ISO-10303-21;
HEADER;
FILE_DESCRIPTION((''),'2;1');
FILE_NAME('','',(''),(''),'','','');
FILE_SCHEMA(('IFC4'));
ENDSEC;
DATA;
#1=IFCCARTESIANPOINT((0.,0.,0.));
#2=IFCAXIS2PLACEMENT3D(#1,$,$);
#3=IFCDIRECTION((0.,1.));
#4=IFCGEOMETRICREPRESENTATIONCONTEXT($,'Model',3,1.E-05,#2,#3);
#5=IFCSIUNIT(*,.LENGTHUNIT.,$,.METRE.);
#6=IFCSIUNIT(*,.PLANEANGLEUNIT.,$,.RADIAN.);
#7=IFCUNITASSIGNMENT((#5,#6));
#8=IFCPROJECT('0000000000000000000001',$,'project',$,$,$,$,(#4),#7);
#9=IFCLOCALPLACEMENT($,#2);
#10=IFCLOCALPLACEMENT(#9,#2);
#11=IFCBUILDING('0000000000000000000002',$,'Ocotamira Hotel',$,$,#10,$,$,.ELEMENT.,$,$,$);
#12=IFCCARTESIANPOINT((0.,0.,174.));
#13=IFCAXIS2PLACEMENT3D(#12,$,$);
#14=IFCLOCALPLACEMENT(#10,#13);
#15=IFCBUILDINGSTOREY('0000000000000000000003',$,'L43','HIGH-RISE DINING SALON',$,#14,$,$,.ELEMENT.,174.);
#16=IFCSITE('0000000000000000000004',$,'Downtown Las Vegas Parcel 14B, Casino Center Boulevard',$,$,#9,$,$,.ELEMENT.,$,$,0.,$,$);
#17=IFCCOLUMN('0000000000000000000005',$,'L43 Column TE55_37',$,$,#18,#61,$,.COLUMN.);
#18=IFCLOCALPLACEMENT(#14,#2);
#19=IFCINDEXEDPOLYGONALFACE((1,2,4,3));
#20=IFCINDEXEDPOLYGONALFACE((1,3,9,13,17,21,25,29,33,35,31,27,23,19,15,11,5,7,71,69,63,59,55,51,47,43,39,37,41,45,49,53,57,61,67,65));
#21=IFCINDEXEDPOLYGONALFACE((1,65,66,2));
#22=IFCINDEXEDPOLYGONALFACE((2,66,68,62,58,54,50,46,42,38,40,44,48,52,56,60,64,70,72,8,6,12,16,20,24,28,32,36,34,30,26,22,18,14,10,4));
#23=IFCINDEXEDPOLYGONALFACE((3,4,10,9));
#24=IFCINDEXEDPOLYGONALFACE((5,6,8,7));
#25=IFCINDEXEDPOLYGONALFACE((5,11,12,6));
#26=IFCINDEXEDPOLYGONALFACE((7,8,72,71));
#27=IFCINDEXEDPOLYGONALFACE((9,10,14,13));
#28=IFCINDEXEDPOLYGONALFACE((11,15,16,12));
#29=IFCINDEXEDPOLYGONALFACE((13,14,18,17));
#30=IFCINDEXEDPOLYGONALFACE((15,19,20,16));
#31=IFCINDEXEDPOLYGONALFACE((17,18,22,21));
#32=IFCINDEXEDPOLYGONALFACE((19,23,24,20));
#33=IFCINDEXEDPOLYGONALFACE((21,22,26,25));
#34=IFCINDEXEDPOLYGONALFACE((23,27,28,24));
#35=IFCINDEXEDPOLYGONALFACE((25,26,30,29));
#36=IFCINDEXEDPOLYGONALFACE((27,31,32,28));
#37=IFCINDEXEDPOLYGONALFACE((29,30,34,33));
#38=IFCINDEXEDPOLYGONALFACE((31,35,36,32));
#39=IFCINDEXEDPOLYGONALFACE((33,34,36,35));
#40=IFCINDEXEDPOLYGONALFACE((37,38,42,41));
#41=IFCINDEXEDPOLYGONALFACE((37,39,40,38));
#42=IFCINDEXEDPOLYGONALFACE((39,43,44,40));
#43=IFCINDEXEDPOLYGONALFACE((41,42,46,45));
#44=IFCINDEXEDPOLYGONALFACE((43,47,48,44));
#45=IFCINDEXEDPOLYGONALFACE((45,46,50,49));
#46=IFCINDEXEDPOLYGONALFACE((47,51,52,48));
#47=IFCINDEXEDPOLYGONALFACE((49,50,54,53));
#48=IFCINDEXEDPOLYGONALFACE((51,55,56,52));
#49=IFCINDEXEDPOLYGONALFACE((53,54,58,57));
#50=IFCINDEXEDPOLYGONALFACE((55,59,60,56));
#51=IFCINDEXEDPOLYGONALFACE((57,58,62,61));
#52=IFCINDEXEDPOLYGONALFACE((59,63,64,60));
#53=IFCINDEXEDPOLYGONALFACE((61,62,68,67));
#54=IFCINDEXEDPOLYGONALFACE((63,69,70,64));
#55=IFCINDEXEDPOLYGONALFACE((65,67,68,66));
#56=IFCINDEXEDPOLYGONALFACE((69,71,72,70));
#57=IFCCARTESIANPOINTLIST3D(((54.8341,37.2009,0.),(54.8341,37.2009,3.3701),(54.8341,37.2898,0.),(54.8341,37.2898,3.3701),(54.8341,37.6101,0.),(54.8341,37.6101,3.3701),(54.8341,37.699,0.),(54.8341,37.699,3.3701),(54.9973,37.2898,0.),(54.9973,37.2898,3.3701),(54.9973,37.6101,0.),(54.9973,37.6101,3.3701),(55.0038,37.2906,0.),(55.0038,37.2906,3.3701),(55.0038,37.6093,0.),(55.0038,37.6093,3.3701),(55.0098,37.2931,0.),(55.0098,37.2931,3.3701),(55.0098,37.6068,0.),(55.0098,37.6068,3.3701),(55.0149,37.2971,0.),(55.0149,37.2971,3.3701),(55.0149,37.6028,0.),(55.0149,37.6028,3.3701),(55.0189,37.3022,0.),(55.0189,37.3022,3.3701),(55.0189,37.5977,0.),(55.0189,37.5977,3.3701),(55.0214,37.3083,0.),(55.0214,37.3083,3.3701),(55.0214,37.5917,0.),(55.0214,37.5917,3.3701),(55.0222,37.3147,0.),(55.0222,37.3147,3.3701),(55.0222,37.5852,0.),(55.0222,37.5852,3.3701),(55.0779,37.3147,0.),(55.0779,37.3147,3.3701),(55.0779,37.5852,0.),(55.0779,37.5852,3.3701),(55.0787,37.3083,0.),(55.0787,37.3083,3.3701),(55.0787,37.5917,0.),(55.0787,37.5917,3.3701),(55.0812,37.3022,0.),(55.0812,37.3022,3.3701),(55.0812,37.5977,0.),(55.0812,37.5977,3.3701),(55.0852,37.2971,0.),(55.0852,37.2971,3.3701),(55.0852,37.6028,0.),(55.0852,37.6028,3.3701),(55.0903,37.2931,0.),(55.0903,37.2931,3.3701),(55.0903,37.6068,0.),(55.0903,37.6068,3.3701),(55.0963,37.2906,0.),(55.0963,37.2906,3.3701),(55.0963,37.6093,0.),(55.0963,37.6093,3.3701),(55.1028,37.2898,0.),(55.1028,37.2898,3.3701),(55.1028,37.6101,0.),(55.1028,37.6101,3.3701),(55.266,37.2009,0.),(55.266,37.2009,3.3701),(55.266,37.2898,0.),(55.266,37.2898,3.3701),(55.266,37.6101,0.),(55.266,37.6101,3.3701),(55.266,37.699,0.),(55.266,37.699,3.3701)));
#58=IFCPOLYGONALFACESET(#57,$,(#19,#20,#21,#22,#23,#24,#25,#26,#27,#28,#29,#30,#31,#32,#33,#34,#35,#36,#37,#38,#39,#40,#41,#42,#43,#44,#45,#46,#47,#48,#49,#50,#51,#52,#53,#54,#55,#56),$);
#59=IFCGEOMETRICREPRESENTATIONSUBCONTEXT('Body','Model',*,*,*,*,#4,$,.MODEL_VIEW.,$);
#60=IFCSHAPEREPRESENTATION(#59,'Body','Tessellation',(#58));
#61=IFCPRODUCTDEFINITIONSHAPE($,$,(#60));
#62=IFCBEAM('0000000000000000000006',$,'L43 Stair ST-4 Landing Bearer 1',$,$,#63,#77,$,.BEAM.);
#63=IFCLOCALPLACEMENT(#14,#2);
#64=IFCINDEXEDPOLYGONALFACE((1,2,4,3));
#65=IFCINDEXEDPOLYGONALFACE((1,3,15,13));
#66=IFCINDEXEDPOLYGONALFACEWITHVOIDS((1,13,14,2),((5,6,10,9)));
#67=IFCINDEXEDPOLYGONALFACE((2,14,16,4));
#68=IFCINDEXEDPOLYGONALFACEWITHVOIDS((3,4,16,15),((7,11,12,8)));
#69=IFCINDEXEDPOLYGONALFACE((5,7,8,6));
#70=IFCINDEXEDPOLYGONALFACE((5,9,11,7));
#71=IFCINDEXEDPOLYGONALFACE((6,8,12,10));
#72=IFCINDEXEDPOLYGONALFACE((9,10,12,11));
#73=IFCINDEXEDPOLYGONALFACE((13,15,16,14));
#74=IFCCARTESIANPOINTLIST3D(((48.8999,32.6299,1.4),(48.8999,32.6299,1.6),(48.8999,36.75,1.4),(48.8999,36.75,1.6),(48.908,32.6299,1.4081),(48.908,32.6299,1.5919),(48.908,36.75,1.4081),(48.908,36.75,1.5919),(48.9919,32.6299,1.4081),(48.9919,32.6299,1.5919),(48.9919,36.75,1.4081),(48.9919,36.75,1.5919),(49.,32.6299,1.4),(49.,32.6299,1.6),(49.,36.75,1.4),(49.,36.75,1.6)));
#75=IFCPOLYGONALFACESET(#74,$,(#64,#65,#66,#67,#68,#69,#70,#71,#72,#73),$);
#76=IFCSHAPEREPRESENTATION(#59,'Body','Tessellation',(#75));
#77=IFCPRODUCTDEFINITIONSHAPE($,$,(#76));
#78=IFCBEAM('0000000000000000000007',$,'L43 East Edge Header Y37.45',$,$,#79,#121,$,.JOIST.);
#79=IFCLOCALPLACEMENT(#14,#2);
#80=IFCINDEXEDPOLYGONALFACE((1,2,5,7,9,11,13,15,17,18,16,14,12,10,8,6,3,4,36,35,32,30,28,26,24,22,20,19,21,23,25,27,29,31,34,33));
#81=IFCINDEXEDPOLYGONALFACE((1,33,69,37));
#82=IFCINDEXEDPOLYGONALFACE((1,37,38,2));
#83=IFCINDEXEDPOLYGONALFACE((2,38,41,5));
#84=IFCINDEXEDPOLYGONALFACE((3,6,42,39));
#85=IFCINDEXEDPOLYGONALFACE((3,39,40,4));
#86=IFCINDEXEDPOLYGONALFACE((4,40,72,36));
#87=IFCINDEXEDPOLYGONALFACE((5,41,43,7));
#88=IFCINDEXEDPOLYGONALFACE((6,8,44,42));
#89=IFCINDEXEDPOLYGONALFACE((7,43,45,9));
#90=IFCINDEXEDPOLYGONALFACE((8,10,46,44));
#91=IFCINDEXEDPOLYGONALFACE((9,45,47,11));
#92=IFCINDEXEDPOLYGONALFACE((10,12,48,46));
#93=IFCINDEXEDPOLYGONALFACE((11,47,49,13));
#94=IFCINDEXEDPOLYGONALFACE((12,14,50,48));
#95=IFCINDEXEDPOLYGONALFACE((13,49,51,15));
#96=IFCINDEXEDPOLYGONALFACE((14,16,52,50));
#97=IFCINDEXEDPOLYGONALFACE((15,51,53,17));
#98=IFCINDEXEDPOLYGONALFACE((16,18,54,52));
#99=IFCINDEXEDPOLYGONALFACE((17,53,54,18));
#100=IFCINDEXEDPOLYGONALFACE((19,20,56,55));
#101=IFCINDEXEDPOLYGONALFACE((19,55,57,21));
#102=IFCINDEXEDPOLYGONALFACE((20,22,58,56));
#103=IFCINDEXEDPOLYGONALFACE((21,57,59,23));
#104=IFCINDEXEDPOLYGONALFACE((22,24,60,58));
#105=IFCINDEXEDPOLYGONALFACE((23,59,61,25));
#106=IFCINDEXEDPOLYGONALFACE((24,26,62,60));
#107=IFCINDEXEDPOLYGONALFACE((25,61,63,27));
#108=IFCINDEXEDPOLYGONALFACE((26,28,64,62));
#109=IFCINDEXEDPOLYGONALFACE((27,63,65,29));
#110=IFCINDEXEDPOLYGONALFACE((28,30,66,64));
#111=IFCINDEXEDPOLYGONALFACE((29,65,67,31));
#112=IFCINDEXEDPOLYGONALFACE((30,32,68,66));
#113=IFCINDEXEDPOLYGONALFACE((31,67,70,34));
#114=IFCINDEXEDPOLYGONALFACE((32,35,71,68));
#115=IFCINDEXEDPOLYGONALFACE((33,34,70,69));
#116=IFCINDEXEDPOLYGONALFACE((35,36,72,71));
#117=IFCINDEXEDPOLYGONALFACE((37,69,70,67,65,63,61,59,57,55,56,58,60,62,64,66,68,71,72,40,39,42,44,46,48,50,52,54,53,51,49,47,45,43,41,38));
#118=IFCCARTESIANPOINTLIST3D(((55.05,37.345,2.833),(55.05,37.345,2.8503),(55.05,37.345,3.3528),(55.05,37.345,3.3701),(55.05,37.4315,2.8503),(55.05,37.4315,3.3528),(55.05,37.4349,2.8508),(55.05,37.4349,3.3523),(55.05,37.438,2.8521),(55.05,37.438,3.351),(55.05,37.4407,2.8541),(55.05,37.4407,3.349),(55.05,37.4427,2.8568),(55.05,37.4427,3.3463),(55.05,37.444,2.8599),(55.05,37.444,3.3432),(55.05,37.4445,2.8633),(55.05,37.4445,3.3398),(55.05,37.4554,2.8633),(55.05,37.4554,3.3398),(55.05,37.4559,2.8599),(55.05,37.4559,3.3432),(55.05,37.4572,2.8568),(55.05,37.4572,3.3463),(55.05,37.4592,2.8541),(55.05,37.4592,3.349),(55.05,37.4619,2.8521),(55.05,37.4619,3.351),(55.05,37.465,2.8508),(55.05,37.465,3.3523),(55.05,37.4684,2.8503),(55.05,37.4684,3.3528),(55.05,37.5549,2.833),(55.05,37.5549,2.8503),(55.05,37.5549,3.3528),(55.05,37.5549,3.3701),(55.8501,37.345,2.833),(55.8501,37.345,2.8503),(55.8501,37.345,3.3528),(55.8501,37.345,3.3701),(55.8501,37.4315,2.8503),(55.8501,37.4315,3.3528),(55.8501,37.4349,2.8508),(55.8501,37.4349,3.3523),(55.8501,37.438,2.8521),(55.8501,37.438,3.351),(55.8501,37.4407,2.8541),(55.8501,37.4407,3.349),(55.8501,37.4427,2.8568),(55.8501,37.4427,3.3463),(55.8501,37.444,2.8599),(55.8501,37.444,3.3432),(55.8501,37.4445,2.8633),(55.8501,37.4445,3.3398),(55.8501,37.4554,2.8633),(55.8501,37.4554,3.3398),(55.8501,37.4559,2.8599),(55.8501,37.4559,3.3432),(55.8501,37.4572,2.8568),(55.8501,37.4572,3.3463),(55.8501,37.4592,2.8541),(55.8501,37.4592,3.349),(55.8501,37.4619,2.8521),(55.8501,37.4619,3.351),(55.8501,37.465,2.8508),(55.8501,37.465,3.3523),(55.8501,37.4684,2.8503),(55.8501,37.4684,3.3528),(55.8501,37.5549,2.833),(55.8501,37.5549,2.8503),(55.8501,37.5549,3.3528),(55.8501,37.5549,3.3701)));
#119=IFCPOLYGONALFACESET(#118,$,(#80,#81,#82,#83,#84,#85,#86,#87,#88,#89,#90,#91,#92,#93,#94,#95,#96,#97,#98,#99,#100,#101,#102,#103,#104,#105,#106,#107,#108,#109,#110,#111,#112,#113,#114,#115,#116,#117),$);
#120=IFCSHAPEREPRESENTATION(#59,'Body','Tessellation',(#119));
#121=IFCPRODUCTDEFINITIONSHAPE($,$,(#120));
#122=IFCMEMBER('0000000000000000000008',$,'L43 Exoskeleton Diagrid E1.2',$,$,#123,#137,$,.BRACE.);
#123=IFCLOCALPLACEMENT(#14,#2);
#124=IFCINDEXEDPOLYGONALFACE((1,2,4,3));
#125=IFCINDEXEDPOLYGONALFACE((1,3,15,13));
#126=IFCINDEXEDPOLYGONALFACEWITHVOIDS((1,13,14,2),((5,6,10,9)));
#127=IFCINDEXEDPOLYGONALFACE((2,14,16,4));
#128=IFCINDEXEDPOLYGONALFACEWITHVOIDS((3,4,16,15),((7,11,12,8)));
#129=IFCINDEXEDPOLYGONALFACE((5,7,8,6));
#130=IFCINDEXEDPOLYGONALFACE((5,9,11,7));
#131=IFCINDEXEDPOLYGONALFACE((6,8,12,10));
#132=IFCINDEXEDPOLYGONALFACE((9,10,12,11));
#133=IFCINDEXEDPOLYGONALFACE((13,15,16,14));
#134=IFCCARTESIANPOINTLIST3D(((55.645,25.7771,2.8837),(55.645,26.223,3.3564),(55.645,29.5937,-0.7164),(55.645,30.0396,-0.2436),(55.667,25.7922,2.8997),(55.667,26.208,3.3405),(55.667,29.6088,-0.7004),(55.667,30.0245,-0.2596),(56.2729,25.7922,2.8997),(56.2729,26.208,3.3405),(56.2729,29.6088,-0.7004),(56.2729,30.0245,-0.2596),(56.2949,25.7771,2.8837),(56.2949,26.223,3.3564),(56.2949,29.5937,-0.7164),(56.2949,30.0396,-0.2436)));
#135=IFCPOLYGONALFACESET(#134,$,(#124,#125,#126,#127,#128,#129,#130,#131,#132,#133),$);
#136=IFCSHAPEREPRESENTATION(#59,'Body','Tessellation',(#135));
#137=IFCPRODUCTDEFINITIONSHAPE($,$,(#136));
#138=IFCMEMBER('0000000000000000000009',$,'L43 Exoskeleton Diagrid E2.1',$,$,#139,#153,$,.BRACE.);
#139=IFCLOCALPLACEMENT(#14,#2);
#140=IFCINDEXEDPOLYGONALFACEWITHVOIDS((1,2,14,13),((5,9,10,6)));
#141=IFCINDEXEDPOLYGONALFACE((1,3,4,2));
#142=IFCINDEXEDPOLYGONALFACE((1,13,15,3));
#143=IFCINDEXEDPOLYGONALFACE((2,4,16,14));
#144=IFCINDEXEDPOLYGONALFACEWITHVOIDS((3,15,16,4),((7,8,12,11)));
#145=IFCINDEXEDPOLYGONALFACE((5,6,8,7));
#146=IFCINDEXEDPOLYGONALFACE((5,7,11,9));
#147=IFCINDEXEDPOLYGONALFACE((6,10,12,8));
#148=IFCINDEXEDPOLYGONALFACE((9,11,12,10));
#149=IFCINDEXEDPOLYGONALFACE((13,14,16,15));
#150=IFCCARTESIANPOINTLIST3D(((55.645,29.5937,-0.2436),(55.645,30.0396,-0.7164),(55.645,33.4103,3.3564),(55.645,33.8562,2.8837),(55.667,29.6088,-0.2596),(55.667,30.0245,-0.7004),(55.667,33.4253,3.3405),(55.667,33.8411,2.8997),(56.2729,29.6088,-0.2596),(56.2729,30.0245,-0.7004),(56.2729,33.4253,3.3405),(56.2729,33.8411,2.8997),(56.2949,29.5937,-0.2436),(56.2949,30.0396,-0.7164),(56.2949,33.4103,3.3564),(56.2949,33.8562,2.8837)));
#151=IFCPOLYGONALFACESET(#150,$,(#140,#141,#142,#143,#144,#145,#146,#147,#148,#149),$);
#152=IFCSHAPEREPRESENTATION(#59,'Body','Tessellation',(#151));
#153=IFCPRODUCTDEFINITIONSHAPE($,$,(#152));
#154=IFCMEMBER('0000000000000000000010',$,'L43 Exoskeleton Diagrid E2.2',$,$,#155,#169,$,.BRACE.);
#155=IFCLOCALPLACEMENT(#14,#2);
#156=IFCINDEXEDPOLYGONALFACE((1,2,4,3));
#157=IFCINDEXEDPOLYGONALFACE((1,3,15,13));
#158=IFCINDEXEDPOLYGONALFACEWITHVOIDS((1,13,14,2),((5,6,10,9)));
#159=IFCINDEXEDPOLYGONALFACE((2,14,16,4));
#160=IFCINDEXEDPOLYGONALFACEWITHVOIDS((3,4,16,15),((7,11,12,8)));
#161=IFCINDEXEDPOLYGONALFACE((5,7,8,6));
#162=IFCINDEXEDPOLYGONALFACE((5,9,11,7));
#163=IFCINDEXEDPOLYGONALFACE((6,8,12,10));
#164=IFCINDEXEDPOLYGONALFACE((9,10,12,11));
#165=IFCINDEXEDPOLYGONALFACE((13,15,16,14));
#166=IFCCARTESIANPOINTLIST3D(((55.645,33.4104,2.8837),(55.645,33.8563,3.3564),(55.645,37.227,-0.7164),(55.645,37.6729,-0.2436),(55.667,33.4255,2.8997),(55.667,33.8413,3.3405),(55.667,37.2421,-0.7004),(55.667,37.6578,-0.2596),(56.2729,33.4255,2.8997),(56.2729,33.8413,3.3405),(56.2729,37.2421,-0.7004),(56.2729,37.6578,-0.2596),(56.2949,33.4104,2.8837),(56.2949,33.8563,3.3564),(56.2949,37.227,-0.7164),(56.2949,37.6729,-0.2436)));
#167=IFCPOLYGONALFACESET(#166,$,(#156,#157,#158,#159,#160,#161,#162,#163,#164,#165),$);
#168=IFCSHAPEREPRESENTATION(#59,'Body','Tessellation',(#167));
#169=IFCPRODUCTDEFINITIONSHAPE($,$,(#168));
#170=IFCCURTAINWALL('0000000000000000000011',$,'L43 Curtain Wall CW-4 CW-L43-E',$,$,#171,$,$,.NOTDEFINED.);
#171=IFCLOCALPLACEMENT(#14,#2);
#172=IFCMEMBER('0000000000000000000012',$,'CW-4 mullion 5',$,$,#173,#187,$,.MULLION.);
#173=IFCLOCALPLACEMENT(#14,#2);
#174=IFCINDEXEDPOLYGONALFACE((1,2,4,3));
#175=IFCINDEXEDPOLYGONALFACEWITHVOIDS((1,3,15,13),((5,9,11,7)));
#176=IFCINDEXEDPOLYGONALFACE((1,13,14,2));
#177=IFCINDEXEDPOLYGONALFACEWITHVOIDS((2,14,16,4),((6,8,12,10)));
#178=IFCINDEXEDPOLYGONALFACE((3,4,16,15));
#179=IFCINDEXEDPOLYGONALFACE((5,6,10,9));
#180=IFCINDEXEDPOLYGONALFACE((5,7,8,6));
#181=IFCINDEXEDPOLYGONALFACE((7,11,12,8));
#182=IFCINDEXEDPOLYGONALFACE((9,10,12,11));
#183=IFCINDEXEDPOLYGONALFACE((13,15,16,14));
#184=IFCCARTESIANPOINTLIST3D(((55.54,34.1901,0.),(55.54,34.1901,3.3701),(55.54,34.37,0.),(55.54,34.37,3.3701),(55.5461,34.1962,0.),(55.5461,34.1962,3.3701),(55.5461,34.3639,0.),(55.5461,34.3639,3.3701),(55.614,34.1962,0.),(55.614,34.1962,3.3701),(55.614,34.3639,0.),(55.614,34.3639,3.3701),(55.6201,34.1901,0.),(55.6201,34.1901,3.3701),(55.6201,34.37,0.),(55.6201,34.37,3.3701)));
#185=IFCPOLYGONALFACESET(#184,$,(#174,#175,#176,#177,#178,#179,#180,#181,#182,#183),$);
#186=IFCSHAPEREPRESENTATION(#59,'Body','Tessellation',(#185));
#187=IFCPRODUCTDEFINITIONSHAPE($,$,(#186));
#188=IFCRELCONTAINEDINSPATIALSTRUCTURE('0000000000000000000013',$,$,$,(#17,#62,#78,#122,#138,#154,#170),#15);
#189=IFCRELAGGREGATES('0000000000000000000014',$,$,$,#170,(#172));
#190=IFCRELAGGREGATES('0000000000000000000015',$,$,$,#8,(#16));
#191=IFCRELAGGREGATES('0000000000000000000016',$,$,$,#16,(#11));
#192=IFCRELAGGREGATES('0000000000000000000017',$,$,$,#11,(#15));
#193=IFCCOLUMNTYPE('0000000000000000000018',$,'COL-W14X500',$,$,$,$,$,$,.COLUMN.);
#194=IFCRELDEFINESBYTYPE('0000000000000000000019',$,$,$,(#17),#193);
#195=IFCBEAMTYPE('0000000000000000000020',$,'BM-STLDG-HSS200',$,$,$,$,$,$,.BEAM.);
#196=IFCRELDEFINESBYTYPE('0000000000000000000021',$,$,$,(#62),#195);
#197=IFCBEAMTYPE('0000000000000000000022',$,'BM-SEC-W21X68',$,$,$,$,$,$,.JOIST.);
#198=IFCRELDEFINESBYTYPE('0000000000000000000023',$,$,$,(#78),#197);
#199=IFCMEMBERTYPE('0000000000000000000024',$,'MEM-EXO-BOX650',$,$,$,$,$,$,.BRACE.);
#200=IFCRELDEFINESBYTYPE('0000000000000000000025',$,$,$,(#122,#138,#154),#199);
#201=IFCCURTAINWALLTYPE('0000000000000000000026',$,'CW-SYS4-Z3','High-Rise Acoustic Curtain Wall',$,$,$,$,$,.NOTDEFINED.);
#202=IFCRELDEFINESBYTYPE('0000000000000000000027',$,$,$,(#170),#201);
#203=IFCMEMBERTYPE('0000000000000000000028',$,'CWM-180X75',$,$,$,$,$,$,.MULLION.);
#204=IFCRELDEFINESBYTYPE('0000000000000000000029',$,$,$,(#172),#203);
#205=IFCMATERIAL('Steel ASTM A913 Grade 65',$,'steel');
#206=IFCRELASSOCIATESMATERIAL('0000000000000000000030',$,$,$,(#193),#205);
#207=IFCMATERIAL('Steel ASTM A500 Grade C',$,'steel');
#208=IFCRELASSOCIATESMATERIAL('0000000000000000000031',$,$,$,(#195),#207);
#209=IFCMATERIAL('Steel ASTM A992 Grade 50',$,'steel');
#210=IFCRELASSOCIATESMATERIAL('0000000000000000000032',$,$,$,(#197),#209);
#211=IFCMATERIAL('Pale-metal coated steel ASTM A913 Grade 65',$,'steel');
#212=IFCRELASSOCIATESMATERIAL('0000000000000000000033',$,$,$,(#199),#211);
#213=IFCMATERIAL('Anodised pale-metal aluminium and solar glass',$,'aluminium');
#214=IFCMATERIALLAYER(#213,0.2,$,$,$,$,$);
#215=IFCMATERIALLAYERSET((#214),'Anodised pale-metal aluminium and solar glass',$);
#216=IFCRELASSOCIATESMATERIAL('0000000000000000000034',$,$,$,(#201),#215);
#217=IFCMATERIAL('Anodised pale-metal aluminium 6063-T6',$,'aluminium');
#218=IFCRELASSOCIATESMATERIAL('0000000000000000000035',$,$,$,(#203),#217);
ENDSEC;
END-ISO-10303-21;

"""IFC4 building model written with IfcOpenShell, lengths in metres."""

from ifc_helpers import new_model, si_unit, direction, frame, origin, origin_2d, place, context, subcontext, project, spatial, hollow_rectangle, i_section, extrude, source, transform, mapped, material, layer, layer_set, material_profile, profile_set, type_object, element, aggregate, save


model = new_model("IFC4")

# Units and contexts
model_context = context("Model", 3, precision=1e-05, world=origin(), true_north=direction((0.0, 1.0)))
body_context = subcontext(model_context, "Body", "Model", "MODEL_VIEW")
ifc_project = project(units=[si_unit("LENGTHUNIT", "METRE"), si_unit("PLANEANGLEUNIT", "RADIAN")], contexts=[model_context])

# Site, building, storey
site_placement = place(None, origin())
site = spatial("IfcSite", under=ifc_project, at=site_placement, Name="Downtown Las Vegas Parcel 14B, Casino Center Boulevard", CompositionType="ELEMENT", RefElevation=0.0)
building_placement = place(site_placement, origin())
building = spatial("IfcBuilding", under=site, at=building_placement, Name="Ocotamira Hotel", CompositionType="ELEMENT")
storey_placement = place(building_placement, frame((0.0, 0.0, 174.0)))
storey = spatial("IfcBuildingStorey", under=building, at=storey_placement, Name="L43", Description="HIGH-RISE DINING SALON", CompositionType="ELEMENT", Elevation=174.0)

# Column
ifc_material_1 = material(Name="Steel ASTM A913 Grade 65", Category="steel")
ifc_material_profile_1 = material_profile(ifc_material_1, i_section(OverallWidth=0.4319, OverallDepth=0.498, WebThickness=0.0557, FlangeThickness=0.0889, FilletRadius=0.0249, at=origin_2d()), Name="W14X500")
ifc_profile_set_1 = profile_set([ifc_material_profile_1], Name="Steel ASTM A913 Grade 65")
column_type = type_object("IfcColumnType", Name="COL-W14X500", PredefinedType="COLUMN", material=ifc_profile_set_1)
shared_shape_1 = source(origin(), body_context, "Body", "SweptSolid", [
    extrude(i_section(OverallWidth=0.4319, OverallDepth=0.498, WebThickness=0.0557, FlangeThickness=0.0889, FilletRadius=0.0249, at=origin_2d()), origin(), (0.0, 0.0, 1.0), 3.3701),
])
column_placement = place(storey_placement, frame((55.05, 37.45, 0.0), z_axis=(0.0, 0.0, 1.0), x_axis=(1.0, 0.0, 0.0)))
element("IfcColumn", 1, at=column_placement, inside=storey, type_object=column_type, Name="L43 Column TE55_37", PredefinedType="COLUMN", context=body_context, shape_type="MappedRepresentation", body=[
    mapped(shared_shape_1, transform((0.0, 0.0, 0.0), scale=1.0)),
])

# Beams
ifc_material_2 = material(Name="Steel ASTM A500 Grade C", Category="steel")
ifc_material_profile_2 = material_profile(ifc_material_2, hollow_rectangle(XDim=0.1001, YDim=0.2, WallThickness=0.0081, at=origin_2d()), Name="HSS200X100X8")
ifc_profile_set_2 = profile_set([ifc_material_profile_2], Name="Steel ASTM A500 Grade C")
beam_type_1 = type_object("IfcBeamType", Name="BM-STLDG-HSS200", PredefinedType="BEAM", material=ifc_profile_set_2)
shared_shape_2 = source(origin(), body_context, "Body", "SweptSolid", [
    extrude(hollow_rectangle(XDim=0.1001, YDim=0.2, WallThickness=0.0081, at=origin_2d()), origin(), (0.0, 0.0, 1.0), 4.1201),
])
beam_1_placement = place(storey_placement, frame((48.95, 32.6299, 1.5), z_axis=(0.0, 1.0, 0.0), x_axis=(-1.0, 0.0, 0.0)))
element("IfcBeam", 2, at=beam_1_placement, inside=storey, type_object=beam_type_1, Name="L43 Stair ST-4 Landing Bearer 1", PredefinedType="BEAM", context=body_context, shape_type="MappedRepresentation", body=[
    mapped(shared_shape_2, transform((0.0, 0.0, 0.0), scale=1.0)),
])
ifc_material_3 = material(Name="Steel ASTM A992 Grade 50", Category="steel")
ifc_material_profile_3 = material_profile(ifc_material_3, i_section(OverallWidth=0.21, OverallDepth=0.5371, WebThickness=0.011, FlangeThickness=0.0173, FilletRadius=0.0129, at=origin_2d()), Name="W21X68")
ifc_profile_set_3 = profile_set([ifc_material_profile_3], Name="Steel ASTM A992 Grade 50")
beam_type_2 = type_object("IfcBeamType", Name="BM-SEC-W21X68", PredefinedType="JOIST", material=ifc_profile_set_3)
shared_shape_3 = source(origin(), body_context, "Body", "SweptSolid", [
    extrude(i_section(OverallWidth=0.21, OverallDepth=0.5371, WebThickness=0.011, FlangeThickness=0.0173, FilletRadius=0.0129, at=origin_2d()), origin(), (0.0, 0.0, 1.0), 0.8),
])
beam_2_placement = place(storey_placement, frame((55.05, 37.45, 3.1016), z_axis=(1.0, 0.0, 0.0), x_axis=(0.0, 1.0, 0.0)))
element("IfcBeam", 3, at=beam_2_placement, inside=storey, type_object=beam_type_2, Name="L43 East Edge Header Y37.45", PredefinedType="JOIST", context=body_context, shape_type="MappedRepresentation", body=[
    mapped(shared_shape_3, transform((0.0, 0.0, 0.0), scale=1.0)),
])

# Members
ifc_material_4 = material(Name="Pale-metal coated steel ASTM A913 Grade 65", Category="steel")
ifc_material_profile_4 = material_profile(ifc_material_4, hollow_rectangle(XDim=0.6499, YDim=0.6499, WallThickness=0.022, at=origin_2d()), Name="BOX650X650X22")
ifc_profile_set_4 = profile_set([ifc_material_profile_4], Name="Pale-metal coated steel ASTM A913 Grade 65")
member_type_1 = type_object("IfcMemberType", Name="MEM-EXO-BOX650", PredefinedType="BRACE", material=ifc_profile_set_4)
shared_shape_4 = source(origin(), body_context, "Body", "SweptSolid", [
    extrude(hollow_rectangle(XDim=0.6499, YDim=0.6499, WallThickness=0.022, at=origin_2d()), origin(), (0.0, 0.0, 1.0), 5.2466),
])
for number, where, z_axis, x_axis, name in (
    (4, (55.97, 29.8167, -0.48), (0.0, -0.727443, 0.686168), (1.0, 0.0, 0.0), "L43 Exoskeleton Diagrid E1.2"),
    (5, (55.97, 29.8167, -0.48), (0.0, 0.727443, 0.686168), (-1.0, 0.0, 0.0), "L43 Exoskeleton Diagrid E2.1"),
    (6, (55.97, 37.45, -0.48), (0.0, -0.727443, 0.686168), (1.0, 0.0, 0.0), "L43 Exoskeleton Diagrid E2.2"),
):
    element("IfcMember", number, at=place(storey_placement, frame(where, z_axis=z_axis, x_axis=x_axis)), inside=storey, type_object=member_type_1, Name=name, PredefinedType="BRACE", context=body_context, shape_type="MappedRepresentation", body=[
        mapped(shared_shape_4, transform((0.0, 0.0, 0.0), scale=1.0)),
    ])

# Curtain wall, member
ifc_material_5 = material(Name="Anodised pale-metal aluminium and solar glass", Category="aluminium")
ifc_layer_1 = layer(ifc_material_5, 0.2)
ifc_layer_set_1 = layer_set([ifc_layer_1], Name="Anodised pale-metal aluminium and solar glass")
curtain_wall_type = type_object("IfcCurtainWallType", Name="CW-SYS4-Z3", Description="High-Rise Acoustic Curtain Wall", PredefinedType="NOTDEFINED", material=ifc_layer_set_1)
curtain_wall_placement = place(storey_placement, origin())
curtain_wall = element("IfcCurtainWall", 7, at=curtain_wall_placement, inside=storey, type_object=curtain_wall_type, Name="L43 Curtain Wall CW-4 CW-L43-E", PredefinedType="NOTDEFINED")
ifc_material_6 = material(Name="Anodised pale-metal aluminium 6063-T6", Category="aluminium")
ifc_material_profile_5 = material_profile(ifc_material_6, hollow_rectangle(XDim=0.0801, YDim=0.1799, WallThickness=0.0061, at=origin_2d()), Name="HSS180X80X6")
ifc_profile_set_5 = profile_set([ifc_material_profile_5], Name="Anodised pale-metal aluminium 6063-T6")
member_type_2 = type_object("IfcMemberType", Name="CWM-180X75", PredefinedType="MULLION", material=ifc_profile_set_5)
shared_shape_5 = source(origin(), body_context, "Body", "SweptSolid", [
    extrude(hollow_rectangle(XDim=0.0801, YDim=0.1799, WallThickness=0.0061, at=origin_2d()), origin(), (0.0, 0.0, 1.0), 3.3701),
])
member_1_placement = place(storey_placement, frame((55.5801, 34.28, 0.0), z_axis=(0.0, 0.0, 1.0), x_axis=(-1.0, 0.0, 0.0)))
member_1 = element("IfcMember", 8, at=member_1_placement, type_object=member_type_2, Name="CW-4 mullion 5", PredefinedType="MULLION", context=body_context, shape_type="MappedRepresentation", body=[
    mapped(shared_shape_5, transform((0.0, 0.0, 0.0), scale=1.0)),
])

aggregate(curtain_wall, [member_1])

save(model, "model.ifc")
